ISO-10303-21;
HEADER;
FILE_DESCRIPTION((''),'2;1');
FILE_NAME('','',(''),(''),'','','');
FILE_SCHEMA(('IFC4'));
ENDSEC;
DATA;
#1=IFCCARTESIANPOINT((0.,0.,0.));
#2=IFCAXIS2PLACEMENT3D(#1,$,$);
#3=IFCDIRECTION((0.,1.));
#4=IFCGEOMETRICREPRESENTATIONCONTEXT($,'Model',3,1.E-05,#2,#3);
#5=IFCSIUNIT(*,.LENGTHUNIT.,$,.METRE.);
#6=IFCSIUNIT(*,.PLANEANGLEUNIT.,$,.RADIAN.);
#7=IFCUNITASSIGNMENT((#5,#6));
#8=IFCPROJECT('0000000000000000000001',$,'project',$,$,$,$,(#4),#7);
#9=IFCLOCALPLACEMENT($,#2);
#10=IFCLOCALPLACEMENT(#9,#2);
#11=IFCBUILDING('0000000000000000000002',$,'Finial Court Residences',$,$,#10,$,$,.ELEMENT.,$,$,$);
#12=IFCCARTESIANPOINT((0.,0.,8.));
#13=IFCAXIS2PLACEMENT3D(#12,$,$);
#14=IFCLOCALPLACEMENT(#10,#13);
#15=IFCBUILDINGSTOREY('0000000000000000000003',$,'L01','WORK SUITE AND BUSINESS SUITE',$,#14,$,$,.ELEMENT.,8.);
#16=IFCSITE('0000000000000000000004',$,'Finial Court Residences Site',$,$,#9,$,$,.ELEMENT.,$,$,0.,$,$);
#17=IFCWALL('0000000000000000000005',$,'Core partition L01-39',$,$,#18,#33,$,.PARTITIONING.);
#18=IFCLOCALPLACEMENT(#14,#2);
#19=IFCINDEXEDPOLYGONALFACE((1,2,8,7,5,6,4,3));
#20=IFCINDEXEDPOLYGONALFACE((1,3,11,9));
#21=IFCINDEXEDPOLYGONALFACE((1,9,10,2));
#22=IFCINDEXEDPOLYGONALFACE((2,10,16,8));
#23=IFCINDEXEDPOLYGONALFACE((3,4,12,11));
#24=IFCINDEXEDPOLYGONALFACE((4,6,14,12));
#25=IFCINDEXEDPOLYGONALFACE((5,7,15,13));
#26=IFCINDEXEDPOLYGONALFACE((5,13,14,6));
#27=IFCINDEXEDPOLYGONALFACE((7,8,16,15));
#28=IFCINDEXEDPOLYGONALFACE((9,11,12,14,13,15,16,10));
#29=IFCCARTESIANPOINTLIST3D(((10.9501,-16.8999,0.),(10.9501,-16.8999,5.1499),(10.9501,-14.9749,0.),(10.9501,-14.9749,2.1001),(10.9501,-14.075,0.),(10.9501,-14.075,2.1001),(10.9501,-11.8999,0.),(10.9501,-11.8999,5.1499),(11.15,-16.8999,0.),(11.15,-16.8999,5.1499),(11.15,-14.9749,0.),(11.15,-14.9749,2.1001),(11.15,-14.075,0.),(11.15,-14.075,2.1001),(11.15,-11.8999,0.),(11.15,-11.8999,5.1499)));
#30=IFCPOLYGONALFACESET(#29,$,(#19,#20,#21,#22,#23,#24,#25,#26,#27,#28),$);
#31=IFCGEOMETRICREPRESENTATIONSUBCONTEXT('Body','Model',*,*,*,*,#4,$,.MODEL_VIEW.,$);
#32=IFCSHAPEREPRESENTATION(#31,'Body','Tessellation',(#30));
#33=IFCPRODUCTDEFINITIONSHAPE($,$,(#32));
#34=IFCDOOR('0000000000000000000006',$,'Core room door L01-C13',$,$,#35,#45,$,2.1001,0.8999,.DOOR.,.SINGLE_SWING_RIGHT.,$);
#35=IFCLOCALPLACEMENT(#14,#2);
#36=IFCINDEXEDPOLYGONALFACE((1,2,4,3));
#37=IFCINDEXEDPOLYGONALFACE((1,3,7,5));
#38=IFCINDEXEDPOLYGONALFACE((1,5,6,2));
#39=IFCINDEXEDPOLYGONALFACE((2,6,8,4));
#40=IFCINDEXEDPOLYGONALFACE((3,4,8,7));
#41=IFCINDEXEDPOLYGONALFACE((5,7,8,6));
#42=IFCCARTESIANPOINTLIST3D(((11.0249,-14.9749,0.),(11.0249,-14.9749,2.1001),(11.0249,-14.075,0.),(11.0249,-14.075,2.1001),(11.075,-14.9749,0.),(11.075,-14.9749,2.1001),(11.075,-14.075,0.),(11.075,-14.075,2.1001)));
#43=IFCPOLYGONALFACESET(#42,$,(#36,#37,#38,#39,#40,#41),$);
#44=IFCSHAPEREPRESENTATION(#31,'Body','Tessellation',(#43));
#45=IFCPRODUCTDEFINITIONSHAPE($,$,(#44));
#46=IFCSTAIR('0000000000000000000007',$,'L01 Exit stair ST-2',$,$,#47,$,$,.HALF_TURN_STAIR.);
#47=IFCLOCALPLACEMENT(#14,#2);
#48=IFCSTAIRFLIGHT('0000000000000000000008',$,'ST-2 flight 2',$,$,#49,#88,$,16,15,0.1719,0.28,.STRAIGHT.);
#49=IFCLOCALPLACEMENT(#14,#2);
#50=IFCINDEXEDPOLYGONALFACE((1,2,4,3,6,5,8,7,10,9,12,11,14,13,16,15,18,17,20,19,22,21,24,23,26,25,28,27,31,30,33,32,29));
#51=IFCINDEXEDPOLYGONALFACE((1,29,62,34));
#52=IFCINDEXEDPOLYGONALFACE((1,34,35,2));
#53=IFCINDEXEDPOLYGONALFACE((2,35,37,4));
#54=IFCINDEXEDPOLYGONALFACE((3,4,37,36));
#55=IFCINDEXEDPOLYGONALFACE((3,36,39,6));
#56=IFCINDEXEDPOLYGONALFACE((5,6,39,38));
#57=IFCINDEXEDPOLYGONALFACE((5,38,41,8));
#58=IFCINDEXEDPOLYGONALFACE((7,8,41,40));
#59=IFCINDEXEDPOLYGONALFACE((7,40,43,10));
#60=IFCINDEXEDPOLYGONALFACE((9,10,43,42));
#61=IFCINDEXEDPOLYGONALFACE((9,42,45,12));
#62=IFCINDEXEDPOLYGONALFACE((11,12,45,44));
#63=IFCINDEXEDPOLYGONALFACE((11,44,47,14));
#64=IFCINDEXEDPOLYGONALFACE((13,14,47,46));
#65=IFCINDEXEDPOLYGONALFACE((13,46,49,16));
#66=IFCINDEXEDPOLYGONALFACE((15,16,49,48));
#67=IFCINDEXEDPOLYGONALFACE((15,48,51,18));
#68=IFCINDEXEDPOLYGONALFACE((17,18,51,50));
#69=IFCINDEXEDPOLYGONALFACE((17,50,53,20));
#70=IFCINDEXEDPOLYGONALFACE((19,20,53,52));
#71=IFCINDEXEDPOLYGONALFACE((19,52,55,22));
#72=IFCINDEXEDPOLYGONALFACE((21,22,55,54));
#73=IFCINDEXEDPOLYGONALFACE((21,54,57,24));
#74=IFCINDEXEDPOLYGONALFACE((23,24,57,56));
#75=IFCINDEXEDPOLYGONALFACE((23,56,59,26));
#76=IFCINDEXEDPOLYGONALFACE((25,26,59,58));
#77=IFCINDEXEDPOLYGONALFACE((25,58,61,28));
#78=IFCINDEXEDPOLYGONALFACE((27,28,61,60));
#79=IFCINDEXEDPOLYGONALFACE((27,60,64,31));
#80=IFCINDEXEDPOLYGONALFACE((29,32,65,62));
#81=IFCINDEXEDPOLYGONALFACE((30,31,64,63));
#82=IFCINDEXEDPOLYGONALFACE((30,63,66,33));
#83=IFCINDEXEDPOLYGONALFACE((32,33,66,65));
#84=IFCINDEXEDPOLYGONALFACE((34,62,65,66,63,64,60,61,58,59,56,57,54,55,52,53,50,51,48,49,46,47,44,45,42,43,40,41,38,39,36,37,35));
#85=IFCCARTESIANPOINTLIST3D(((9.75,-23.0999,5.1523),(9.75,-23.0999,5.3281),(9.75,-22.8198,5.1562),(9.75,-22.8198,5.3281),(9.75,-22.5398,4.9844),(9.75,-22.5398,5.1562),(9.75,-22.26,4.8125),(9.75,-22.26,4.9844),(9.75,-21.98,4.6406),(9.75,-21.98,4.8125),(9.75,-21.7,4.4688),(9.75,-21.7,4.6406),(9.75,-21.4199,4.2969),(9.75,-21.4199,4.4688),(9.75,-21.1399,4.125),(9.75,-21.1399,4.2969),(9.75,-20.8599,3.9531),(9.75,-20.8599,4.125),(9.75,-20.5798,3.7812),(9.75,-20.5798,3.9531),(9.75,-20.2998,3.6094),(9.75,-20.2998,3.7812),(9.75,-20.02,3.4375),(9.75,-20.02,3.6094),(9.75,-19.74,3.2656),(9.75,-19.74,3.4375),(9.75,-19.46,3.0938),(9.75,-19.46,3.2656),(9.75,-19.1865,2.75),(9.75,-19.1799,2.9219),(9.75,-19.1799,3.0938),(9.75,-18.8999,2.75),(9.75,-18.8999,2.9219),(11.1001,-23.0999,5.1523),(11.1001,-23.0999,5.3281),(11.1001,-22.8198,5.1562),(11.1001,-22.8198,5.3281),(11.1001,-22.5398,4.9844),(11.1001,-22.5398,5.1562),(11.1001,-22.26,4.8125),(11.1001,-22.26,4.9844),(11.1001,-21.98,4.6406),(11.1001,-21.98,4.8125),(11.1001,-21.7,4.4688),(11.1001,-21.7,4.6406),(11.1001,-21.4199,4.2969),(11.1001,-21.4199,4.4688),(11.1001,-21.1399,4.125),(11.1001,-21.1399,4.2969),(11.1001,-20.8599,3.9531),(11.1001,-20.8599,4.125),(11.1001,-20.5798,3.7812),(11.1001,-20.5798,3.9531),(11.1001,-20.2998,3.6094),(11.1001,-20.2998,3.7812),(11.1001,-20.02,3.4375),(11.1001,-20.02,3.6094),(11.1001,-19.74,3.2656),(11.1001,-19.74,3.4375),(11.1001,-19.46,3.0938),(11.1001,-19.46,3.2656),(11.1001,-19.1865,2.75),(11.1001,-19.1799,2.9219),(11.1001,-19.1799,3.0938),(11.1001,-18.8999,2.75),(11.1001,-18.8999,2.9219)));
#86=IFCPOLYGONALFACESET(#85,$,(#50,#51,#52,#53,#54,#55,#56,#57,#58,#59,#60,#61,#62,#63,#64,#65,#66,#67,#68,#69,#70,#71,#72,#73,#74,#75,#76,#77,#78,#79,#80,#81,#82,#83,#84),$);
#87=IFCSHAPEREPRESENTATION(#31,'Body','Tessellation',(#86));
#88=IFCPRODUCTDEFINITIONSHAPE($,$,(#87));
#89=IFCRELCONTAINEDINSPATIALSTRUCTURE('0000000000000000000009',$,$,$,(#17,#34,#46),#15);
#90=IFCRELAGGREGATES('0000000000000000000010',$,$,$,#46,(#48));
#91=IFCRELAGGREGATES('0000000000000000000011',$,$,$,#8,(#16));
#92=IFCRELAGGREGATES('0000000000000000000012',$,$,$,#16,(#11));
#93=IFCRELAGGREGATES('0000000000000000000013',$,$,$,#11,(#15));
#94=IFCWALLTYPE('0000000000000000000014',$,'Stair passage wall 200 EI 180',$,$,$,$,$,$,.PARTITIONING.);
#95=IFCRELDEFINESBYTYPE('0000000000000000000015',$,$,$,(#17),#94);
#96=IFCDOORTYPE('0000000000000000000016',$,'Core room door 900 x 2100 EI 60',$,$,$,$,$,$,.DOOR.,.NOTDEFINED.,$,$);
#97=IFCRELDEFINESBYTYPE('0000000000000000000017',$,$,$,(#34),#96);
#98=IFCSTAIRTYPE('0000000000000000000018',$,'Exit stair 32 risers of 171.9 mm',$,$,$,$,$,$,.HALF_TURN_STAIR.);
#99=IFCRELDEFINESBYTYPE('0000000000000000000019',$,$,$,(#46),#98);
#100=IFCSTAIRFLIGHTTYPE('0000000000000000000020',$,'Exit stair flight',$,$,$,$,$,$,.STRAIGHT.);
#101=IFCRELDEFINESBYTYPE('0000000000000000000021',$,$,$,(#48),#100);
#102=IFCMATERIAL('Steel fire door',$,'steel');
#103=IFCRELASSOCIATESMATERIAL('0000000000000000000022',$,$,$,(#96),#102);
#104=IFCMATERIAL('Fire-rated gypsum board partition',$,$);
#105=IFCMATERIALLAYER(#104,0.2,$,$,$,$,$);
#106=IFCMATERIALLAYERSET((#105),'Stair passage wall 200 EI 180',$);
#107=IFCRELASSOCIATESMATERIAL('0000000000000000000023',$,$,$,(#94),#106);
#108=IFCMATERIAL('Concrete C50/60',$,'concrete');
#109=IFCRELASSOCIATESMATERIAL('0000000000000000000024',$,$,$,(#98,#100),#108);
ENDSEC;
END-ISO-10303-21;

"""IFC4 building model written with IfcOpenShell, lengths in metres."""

from ifc_helpers import new_model, si_unit, direction, frame, frame_2d, origin, place, context, subcontext, project, spatial, polyline, rectangle, outline, extrude, material, layer, layer_set, type_object, element, fill, aggregate, save


model = new_model("IFC4")

# Units and contexts
model_context = context("Model", 3, precision=1e-05, world=origin(), true_north=direction((0.0, 1.0)))
body_context = subcontext(model_context, "Body", "Model", "MODEL_VIEW")
ifc_project = project(units=[si_unit("LENGTHUNIT", "METRE"), si_unit("PLANEANGLEUNIT", "RADIAN")], contexts=[model_context])

# Site, building, storey
site_placement = place(None, origin())
site = spatial("IfcSite", under=ifc_project, at=site_placement, Name="Finial Court Residences Site", CompositionType="ELEMENT", RefElevation=0.0)
building_placement = place(site_placement, origin())
building = spatial("IfcBuilding", under=site, at=building_placement, Name="Finial Court Residences", CompositionType="ELEMENT")
storey_placement = place(building_placement, frame((0.0, 0.0, 8.0)))
storey = spatial("IfcBuildingStorey", under=building, at=storey_placement, Name="L01", Description="WORK SUITE AND BUSINESS SUITE", CompositionType="ELEMENT", Elevation=8.0)

# Shared definitions
ifc_material_1 = material(Name="Fire-rated gypsum board partition")

# Shared definitions
ifc_material_2 = material(Name="Steel fire door", Category="steel")
door_type_1 = type_object("IfcDoorType", Name="Core room door 900 x 2100 EI 60", OperationType="NOTDEFINED", PredefinedType="DOOR", material=ifc_material_2)

# Shared definitions
ifc_layer_1 = layer(ifc_material_1, 0.2)
ifc_layer_set_1 = layer_set([ifc_layer_1], Name="Stair passage wall 200 EI 180")
wall_type_1 = type_object("IfcWallType", Name="Stair passage wall 200 EI 180", PredefinedType="PARTITIONING", material=ifc_layer_set_1)

# Wall, opening, door
wall_1_placement = place(storey_placement, frame((11.05, -11.8999, 0.0), z_axis=(0.0, 0.0, 1.0), x_axis=(0.0, -1.0, 0.0)))
wall_1 = element("IfcWall", 1, at=wall_1_placement, inside=storey, type_object=wall_type_1, Name="Core partition L01-39", PredefinedType="PARTITIONING", context=body_context, shape_type="SweptSolid", body=[
    extrude(rectangle(XDim=5.0, YDim=0.2, at=frame_2d((2.5, 0.0))), origin(), (0.0, 0.0, 1.0), 5.1499),
])
opening_1_placement = place(wall_1_placement, frame((2.175, 0.0, 0.0)))
opening_1 = element("IfcOpeningElement", 2, at=opening_1_placement, cuts=wall_1, PredefinedType="OPENING", context=body_context, shape_type="SweptSolid", body=[
    extrude(rectangle(XDim=0.8999, YDim=2.1001, at=frame_2d((0.45, 1.05))), frame((0.0, 0.1099, 0.0), z_axis=(0.0, -1.0, 0.0), x_axis=(1.0, 0.0, 0.0)), (0.0, 0.0, 1.0), 0.22),
])
door_1_placement = place(opening_1_placement, origin())
door_1 = element("IfcDoor", 3, at=door_1_placement, inside=storey, type_object=door_type_1, Name="Core room door L01-C13", OperationType="SINGLE_SWING_RIGHT", OverallHeight=2.1001, OverallWidth=0.8999, PredefinedType="DOOR", context=body_context, shape_type="SweptSolid", body=[
    extrude(rectangle(XDim=0.8999, YDim=2.1001, at=frame_2d((0.45, 1.05))), frame((0.0, 0.0249, 0.0), z_axis=(0.0, -1.0, 0.0), x_axis=(1.0, 0.0, 0.0)), (0.0, 0.0, 1.0), 0.05),
])
fill(opening_1, door_1)

# Stair, stair flight
ifc_material_3 = material(Name="Concrete C50/60", Category="concrete")
stair_type = type_object("IfcStairType", Name="Exit stair 32 risers of 171.9 mm", PredefinedType="HALF_TURN_STAIR", material=ifc_material_3)
stair_placement = place(storey_placement, origin())
stair = element("IfcStair", 4, at=stair_placement, inside=storey, type_object=stair_type, Name="L01 Exit stair ST-2", PredefinedType="HALF_TURN_STAIR")
stair_flight_type = type_object("IfcStairFlightType", Name="Exit stair flight", PredefinedType="STRAIGHT", material=ifc_material_3)
stair_flight_placement = place(storey_placement, frame((10.425, -18.8999, 2.75), z_axis=(0.0, 0.0, 1.0), x_axis=(0.0, -1.0, 0.0)))
stair_flight = element("IfcStairFlight", 5, at=stair_flight_placement, type_object=stair_flight_type, Name="ST-2 flight 2", NumberOfRisers=16, NumberOfTreads=15, PredefinedType="STRAIGHT", RiserHeight=0.1719, TreadLength=0.28, context=body_context, shape_type="SweptSolid", body=[
    extrude(outline(polyline([(0.0, 0.0), (0.0, 0.1719), (0.28, 0.1719), (0.28, 0.3438), (0.5601, 0.3438), (0.5601, 0.5156), (0.8401, 0.5156), (0.8401, 0.6875), (1.1201, 0.6875), (1.1201, 0.8594), (1.3999, 0.8594), (1.3999, 1.0312), (1.6799, 1.0312), (1.6799, 1.2031), (1.96, 1.2031), (1.96, 1.375), (2.24, 1.375), (2.24, 1.5469), (2.52, 1.5469), (2.52, 1.7188), (2.8, 1.7188), (2.8, 1.8906), (3.0801, 1.8906), (3.0801, 2.0625), (3.3601, 2.0625), (3.3601, 2.2344), (3.6399, 2.2344), (3.6399, 2.4062), (3.9199, 2.4062), (3.9199, 2.5781), (4.2, 2.5781), (4.2, 2.75), (4.2, 2.4023), (0.2866, 0.0), (0.0, 0.0)])), frame((0.0, 0.675, 0.0), z_axis=(0.0, -1.0, 0.0), x_axis=(1.0, 0.0, 0.0)), (0.0, 0.0, 1.0), 1.3501),
])
aggregate(stair, [stair_flight])

save(model, "model.ifc")
